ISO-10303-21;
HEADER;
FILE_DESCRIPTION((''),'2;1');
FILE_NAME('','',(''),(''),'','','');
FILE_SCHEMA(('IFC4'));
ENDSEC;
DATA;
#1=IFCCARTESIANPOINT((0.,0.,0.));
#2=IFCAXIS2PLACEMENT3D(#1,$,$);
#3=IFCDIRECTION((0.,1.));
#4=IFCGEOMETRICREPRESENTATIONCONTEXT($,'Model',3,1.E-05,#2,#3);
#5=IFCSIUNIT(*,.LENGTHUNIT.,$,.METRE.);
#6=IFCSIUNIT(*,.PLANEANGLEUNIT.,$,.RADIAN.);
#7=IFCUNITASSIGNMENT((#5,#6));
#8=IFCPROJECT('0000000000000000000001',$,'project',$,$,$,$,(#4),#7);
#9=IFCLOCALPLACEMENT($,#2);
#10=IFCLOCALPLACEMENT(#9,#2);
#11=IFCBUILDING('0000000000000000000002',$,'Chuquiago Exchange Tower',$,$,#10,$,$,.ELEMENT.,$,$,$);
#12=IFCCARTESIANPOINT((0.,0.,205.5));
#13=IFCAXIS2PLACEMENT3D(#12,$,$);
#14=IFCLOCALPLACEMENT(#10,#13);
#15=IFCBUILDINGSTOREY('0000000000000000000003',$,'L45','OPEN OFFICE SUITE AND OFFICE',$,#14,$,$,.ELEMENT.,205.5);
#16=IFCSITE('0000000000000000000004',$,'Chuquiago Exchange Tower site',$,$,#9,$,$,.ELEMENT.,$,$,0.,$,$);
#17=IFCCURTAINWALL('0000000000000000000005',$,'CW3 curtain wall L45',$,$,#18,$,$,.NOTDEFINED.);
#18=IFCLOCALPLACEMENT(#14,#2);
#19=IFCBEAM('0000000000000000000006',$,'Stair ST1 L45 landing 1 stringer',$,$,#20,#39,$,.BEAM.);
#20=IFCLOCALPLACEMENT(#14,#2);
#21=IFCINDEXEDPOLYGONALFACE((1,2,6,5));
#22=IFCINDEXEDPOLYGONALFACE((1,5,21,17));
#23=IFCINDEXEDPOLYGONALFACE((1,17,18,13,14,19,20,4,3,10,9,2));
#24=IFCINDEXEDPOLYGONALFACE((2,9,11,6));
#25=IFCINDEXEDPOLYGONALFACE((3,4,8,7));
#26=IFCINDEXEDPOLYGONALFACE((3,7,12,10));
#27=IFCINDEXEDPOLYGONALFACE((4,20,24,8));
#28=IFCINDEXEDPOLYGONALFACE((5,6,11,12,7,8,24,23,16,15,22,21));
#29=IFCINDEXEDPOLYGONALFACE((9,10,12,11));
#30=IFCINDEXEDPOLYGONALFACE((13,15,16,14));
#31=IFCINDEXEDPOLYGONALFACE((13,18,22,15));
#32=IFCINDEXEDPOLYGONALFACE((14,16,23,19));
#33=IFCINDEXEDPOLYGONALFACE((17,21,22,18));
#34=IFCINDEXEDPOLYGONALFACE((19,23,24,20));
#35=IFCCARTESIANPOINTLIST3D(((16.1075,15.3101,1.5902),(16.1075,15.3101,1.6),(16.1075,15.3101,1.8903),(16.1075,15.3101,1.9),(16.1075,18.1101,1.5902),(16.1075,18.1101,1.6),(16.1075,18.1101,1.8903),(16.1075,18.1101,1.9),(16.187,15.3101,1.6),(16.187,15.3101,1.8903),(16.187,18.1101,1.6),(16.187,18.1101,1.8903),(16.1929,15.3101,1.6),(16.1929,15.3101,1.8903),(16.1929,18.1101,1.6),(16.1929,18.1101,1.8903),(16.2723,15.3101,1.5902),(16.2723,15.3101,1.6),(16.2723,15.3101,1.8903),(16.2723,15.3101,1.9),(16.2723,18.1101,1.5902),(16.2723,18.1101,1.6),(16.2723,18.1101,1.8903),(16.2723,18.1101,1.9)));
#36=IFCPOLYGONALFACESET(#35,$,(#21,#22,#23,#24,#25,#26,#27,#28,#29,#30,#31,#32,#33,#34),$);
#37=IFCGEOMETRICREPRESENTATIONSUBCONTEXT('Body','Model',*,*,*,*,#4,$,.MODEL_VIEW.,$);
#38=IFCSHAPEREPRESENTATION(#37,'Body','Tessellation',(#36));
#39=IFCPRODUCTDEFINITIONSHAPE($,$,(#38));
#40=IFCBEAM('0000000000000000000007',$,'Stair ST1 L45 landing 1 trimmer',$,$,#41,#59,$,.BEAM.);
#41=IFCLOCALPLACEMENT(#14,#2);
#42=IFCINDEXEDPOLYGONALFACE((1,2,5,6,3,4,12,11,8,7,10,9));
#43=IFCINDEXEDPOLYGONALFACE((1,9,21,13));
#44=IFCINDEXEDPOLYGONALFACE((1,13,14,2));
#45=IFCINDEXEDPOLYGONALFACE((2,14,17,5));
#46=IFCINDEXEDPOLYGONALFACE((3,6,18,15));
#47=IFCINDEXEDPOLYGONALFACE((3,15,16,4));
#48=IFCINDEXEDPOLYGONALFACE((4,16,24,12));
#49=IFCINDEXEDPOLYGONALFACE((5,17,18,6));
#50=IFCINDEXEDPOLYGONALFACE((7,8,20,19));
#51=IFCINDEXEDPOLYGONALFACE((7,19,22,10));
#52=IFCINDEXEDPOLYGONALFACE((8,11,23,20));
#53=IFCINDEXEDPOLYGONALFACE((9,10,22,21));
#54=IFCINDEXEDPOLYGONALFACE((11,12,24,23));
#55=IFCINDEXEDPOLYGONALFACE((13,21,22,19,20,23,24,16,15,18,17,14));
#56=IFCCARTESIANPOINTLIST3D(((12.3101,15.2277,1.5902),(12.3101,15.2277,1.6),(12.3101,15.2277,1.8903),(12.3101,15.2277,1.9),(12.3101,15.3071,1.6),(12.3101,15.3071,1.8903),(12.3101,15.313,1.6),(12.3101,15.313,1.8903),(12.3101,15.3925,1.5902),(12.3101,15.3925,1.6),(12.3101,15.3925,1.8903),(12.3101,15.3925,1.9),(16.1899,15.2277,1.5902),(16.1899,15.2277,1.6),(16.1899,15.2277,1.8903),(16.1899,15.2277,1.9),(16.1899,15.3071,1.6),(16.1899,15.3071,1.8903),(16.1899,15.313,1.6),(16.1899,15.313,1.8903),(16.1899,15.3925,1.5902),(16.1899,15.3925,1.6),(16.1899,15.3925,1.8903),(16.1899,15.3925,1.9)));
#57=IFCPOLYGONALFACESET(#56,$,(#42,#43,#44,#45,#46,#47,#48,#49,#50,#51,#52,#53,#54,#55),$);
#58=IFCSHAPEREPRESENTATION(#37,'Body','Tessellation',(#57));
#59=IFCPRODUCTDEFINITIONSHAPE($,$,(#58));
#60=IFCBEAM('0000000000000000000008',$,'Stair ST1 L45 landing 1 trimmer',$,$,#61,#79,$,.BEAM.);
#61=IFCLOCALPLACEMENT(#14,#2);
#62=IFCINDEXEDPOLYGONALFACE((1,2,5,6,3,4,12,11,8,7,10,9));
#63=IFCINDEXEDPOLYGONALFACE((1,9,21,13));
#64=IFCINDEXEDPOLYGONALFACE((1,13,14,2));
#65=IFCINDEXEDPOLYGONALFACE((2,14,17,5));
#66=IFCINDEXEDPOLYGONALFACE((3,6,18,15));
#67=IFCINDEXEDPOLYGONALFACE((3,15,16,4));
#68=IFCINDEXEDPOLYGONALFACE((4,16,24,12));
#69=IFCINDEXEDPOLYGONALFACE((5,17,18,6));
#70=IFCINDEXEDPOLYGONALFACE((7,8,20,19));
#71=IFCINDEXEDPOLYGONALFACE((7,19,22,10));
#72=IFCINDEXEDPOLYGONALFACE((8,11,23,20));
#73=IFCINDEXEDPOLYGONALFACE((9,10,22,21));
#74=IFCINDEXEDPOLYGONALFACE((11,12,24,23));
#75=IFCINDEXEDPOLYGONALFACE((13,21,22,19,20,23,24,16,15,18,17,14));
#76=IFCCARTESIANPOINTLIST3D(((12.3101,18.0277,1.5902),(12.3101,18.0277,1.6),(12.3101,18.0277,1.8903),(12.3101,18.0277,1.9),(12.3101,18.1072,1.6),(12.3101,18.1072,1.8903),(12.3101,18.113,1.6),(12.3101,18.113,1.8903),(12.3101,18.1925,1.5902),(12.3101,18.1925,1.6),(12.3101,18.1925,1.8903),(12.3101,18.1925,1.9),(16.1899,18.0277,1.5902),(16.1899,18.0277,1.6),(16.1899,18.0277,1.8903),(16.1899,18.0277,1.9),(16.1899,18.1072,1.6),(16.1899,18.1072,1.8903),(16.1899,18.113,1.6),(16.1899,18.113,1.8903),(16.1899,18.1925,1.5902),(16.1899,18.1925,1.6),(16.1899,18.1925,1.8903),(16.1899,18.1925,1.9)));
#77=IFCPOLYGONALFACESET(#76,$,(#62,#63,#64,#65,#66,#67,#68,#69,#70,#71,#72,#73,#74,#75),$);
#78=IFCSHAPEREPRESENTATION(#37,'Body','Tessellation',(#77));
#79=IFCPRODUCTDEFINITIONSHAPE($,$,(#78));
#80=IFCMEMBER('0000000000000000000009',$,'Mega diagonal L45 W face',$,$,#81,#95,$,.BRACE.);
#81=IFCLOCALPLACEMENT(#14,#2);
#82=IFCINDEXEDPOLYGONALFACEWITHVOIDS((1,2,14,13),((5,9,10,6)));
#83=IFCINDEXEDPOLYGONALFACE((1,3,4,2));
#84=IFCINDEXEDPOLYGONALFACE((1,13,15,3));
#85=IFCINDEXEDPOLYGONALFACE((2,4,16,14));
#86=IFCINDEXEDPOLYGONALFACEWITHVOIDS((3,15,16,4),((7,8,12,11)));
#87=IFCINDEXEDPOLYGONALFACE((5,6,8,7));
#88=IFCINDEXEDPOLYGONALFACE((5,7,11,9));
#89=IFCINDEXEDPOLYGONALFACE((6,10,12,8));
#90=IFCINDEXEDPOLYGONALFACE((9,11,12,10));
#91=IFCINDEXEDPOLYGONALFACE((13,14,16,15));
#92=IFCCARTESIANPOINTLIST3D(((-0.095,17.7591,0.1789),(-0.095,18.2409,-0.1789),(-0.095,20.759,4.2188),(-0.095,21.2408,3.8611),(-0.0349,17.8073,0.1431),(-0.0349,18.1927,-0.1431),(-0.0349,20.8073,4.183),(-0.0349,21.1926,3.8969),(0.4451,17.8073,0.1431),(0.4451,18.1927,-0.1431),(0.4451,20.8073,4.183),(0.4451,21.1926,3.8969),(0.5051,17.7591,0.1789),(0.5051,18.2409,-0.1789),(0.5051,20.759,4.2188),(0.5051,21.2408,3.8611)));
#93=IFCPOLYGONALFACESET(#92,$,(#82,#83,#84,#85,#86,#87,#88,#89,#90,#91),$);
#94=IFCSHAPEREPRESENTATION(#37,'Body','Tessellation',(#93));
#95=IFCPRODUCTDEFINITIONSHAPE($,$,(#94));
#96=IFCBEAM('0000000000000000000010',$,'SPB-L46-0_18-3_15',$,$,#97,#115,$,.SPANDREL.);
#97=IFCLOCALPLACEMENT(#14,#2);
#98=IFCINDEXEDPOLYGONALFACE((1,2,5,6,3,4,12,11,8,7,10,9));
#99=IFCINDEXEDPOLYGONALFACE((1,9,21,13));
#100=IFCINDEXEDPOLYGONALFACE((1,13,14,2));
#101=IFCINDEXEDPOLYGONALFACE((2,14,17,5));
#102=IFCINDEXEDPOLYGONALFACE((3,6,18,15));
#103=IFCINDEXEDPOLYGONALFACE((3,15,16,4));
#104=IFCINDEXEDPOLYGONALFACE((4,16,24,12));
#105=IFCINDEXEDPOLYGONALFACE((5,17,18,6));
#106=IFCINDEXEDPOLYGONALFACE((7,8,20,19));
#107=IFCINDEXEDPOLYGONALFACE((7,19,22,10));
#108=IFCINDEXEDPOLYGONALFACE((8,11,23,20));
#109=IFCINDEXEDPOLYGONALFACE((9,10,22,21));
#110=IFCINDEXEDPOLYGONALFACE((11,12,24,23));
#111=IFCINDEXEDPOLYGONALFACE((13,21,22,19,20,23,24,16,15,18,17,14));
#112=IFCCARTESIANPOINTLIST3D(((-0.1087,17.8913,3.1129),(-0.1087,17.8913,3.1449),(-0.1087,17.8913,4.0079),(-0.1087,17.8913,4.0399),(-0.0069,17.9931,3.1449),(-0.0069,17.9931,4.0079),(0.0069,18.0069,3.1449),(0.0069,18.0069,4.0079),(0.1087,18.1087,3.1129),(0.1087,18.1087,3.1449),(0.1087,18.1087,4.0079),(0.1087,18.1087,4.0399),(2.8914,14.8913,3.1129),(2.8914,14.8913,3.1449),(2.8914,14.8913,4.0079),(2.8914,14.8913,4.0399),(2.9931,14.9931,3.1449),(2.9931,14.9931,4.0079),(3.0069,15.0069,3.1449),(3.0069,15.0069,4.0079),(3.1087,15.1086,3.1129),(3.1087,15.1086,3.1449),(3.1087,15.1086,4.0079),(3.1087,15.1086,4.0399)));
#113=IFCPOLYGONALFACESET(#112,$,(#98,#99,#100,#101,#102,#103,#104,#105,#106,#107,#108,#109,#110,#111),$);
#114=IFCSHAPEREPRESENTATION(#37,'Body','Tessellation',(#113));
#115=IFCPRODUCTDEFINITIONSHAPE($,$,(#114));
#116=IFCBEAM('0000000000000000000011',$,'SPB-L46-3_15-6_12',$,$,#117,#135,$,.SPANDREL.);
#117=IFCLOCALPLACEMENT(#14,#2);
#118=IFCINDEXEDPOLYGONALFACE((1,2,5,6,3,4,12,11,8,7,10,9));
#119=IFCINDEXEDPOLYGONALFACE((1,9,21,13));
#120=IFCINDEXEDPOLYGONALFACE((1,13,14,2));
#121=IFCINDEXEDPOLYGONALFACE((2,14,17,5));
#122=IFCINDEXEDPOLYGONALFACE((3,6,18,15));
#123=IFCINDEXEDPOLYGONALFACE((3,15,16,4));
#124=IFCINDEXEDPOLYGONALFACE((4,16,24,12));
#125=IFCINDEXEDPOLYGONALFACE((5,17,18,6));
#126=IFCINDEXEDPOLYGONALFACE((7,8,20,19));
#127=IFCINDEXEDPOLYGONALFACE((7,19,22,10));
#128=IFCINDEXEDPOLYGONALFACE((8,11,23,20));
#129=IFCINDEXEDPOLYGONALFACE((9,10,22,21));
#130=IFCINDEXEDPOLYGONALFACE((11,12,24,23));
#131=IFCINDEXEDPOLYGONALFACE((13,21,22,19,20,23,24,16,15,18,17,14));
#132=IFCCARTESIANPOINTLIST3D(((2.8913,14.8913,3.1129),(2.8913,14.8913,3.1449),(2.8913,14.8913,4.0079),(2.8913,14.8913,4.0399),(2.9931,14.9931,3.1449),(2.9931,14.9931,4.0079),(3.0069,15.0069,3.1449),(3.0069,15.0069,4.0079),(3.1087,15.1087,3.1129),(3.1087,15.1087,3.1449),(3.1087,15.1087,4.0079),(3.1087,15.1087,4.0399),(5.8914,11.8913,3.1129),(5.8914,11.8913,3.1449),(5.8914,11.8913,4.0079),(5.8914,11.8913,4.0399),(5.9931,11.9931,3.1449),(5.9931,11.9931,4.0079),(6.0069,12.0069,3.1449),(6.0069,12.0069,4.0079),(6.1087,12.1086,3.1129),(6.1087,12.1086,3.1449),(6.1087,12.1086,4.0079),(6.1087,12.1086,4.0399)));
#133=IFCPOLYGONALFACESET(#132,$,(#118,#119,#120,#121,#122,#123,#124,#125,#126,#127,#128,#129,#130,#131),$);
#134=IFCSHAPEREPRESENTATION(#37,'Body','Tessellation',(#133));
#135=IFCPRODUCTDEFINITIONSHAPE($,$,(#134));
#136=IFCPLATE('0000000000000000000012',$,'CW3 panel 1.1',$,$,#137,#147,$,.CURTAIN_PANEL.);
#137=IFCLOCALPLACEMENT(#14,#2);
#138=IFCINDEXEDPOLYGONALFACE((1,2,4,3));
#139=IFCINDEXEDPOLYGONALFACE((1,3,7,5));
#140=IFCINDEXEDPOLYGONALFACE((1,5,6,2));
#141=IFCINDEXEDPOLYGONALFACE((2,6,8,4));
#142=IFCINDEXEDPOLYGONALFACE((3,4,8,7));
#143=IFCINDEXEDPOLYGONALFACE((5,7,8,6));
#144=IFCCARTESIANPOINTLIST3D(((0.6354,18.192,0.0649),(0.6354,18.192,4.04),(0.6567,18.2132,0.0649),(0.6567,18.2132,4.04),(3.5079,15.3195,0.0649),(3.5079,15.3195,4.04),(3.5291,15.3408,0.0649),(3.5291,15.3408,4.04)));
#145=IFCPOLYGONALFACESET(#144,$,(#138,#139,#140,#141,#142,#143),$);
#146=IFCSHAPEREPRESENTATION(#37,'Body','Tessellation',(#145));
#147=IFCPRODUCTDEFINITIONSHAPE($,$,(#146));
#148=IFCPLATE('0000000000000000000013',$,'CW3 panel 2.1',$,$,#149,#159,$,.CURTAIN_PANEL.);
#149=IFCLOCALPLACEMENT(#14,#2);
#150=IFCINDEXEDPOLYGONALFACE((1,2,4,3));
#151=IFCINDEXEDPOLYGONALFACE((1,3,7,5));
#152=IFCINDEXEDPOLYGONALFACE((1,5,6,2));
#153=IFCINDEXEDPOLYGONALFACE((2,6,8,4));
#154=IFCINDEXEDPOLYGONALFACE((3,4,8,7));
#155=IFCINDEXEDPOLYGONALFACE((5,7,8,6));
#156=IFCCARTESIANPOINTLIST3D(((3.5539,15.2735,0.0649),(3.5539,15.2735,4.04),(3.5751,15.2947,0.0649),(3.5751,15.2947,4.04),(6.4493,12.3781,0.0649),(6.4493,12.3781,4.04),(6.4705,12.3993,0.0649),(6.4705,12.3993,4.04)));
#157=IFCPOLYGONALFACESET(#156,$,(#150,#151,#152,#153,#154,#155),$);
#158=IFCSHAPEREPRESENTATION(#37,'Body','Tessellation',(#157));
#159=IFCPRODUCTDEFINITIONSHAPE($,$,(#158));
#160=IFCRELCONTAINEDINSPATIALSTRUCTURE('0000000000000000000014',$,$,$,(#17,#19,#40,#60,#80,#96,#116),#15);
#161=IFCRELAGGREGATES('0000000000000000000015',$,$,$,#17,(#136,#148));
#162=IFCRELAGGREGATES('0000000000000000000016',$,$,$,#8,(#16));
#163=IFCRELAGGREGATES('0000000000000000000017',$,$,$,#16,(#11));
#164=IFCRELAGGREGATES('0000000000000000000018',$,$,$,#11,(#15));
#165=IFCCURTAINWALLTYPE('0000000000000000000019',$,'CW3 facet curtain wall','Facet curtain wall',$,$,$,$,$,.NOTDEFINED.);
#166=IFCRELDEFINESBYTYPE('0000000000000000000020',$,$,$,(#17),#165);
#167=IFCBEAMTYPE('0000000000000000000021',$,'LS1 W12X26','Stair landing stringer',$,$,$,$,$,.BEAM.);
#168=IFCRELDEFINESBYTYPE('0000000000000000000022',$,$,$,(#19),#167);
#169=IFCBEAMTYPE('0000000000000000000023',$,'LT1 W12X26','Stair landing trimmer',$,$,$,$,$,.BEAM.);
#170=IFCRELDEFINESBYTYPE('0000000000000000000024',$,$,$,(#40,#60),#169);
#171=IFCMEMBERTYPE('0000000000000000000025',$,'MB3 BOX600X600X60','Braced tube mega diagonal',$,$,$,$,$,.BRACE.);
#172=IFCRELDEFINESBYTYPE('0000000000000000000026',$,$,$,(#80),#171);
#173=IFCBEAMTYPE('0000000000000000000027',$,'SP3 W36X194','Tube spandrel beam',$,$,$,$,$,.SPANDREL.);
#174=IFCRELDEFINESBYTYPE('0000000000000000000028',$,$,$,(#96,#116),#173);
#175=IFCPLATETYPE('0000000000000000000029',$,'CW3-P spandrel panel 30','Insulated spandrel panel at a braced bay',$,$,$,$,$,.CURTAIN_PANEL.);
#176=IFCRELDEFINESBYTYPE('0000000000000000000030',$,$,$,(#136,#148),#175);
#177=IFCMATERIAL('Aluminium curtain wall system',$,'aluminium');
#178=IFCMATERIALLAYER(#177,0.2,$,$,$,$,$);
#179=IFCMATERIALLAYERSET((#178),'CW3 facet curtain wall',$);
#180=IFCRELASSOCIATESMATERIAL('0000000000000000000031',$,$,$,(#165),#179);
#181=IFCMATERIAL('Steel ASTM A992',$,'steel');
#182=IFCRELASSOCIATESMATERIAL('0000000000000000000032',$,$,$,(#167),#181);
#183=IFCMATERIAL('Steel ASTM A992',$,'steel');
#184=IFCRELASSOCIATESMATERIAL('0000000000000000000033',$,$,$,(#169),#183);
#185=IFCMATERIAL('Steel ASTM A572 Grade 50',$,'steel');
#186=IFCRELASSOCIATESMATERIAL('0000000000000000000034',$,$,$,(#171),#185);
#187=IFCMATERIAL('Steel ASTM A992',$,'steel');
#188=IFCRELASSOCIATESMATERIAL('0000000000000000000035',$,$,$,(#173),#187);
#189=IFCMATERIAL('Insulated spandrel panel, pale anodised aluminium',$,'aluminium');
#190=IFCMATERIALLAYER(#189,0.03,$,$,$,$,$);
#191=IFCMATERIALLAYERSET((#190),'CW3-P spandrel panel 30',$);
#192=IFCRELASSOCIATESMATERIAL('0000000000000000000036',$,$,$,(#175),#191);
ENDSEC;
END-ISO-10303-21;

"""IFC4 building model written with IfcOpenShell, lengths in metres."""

from ifc_helpers import new_model, si_unit, direction, frame, origin, origin_2d, place, context, subcontext, project, spatial, rectangle, hollow_rectangle, i_section, extrude, material, layer, layer_set, material_profile, profile_set, type_object, element, aggregate, save


model = new_model("IFC4")

# Units and contexts
model_context = context("Model", 3, precision=1e-05, world=origin(), true_north=direction((0.0, 1.0)))
body_context = subcontext(model_context, "Body", "Model", "MODEL_VIEW")
ifc_project = project(units=[si_unit("LENGTHUNIT", "METRE"), si_unit("PLANEANGLEUNIT", "RADIAN")], contexts=[model_context])

# Site, building, storey
site_placement = place(None, origin())
site = spatial("IfcSite", under=ifc_project, at=site_placement, Name="Chuquiago Exchange Tower site", CompositionType="ELEMENT", RefElevation=0.0)
building_placement = place(site_placement, origin())
building = spatial("IfcBuilding", under=site, at=building_placement, Name="Chuquiago Exchange Tower", CompositionType="ELEMENT")
storey_placement = place(building_placement, frame((0.0, 0.0, 205.5)))
storey = spatial("IfcBuildingStorey", under=building, at=storey_placement, Name="L45", Description="OPEN OFFICE SUITE AND OFFICE", CompositionType="ELEMENT", Elevation=205.5)

# Curtain wall
ifc_material_1 = material(Name="Aluminium curtain wall system", Category="aluminium")
ifc_layer_1 = layer(ifc_material_1, 0.2)
ifc_layer_set_1 = layer_set([ifc_layer_1], Name="CW3 facet curtain wall")
curtain_wall_type = type_object("IfcCurtainWallType", Name="CW3 facet curtain wall", Description="Facet curtain wall", PredefinedType="NOTDEFINED", material=ifc_layer_set_1)
curtain_wall_placement = place(storey_placement, origin())
curtain_wall = element("IfcCurtainWall", 1, at=curtain_wall_placement, inside=storey, type_object=curtain_wall_type, Name="CW3 curtain wall L45", PredefinedType="NOTDEFINED")

# Beams
ifc_material_2 = material(Name="Steel ASTM A992", Category="steel")
ifc_material_profile_1 = material_profile(ifc_material_2, i_section(OverallWidth=0.1648, OverallDepth=0.3098, WebThickness=0.0059, FlangeThickness=0.0098, at=origin_2d()), Name="W12X26")
ifc_profile_set_1 = profile_set([ifc_material_profile_1], Name="Steel ASTM A992")
beam_type_1 = type_object("IfcBeamType", Name="LS1 W12X26", Description="Stair landing stringer", PredefinedType="BEAM", material=ifc_profile_set_1)
for number, where, z_axis, x_axis, name in (
    (2, (16.1899, 15.3101, 1.7451), (0.0, 1.0, 0.0), (-1.0, 0.0, 0.0), "Stair ST1 L45 landing 1 stringer"),
):
    element("IfcBeam", number, at=place(storey_placement, frame(where, z_axis=z_axis, x_axis=x_axis)), inside=storey, type_object=beam_type_1, Name=name, PredefinedType="BEAM", context=body_context, shape_type="SweptSolid", body=[
        extrude(i_section(OverallWidth=0.1648, OverallDepth=0.3098, WebThickness=0.0059, FlangeThickness=0.0098, at=origin_2d()), origin(), (0.0, 0.0, 1.0), 2.8),
    ])
ifc_material_3 = material(Name="Steel ASTM A992", Category="steel")
ifc_material_profile_2 = material_profile(ifc_material_3, i_section(OverallWidth=0.1648, OverallDepth=0.3098, WebThickness=0.0059, FlangeThickness=0.0098, at=origin_2d()), Name="W12X26")
ifc_profile_set_2 = profile_set([ifc_material_profile_2], Name="Steel ASTM A992")
beam_type_2 = type_object("IfcBeamType", Name="LT1 W12X26", Description="Stair landing trimmer", PredefinedType="BEAM", material=ifc_profile_set_2)
for number, where, z_axis, x_axis, name in (
    (3, (12.3101, 15.3101, 1.7451), (1.0, 0.0, 0.0), (0.0, 1.0, 0.0), "Stair ST1 L45 landing 1 trimmer"),
    (4, (12.3101, 18.1101, 1.7451), (1.0, 0.0, 0.0), (0.0, 1.0, 0.0), "Stair ST1 L45 landing 1 trimmer"),
):
    element("IfcBeam", number, at=place(storey_placement, frame(where, z_axis=z_axis, x_axis=x_axis)), inside=storey, type_object=beam_type_2, Name=name, PredefinedType="BEAM", context=body_context, shape_type="SweptSolid", body=[
        extrude(i_section(OverallWidth=0.1648, OverallDepth=0.3098, WebThickness=0.0059, FlangeThickness=0.0098, at=origin_2d()), origin(), (0.0, 0.0, 1.0), 3.8799),
    ])

# Member
ifc_material_4 = material(Name="Steel ASTM A572 Grade 50", Category="steel")
ifc_material_profile_3 = material_profile(ifc_material_4, hollow_rectangle(XDim=0.6001, YDim=0.6001, WallThickness=0.0601, at=origin_2d()), Name="BOX600X600X60")
ifc_profile_set_3 = profile_set([ifc_material_profile_3], Name="Steel ASTM A572 Grade 50")
member_type_1 = type_object("IfcMemberType", Name="MB3 BOX600X600X60", Description="Braced tube mega diagonal", PredefinedType="BRACE", material=ifc_profile_set_3)
member_1_placement = place(storey_placement, frame((0.2051, 18.0, 0.0), z_axis=(0.0, 0.596174, 0.802855), x_axis=(-1.0, 0.0, 0.0)))
element("IfcMember", 5, at=member_1_placement, inside=storey, type_object=member_type_1, Name="Mega diagonal L45 W face", PredefinedType="BRACE", context=body_context, shape_type="SweptSolid", body=[
    extrude(hollow_rectangle(XDim=0.6001, YDim=0.6001, WallThickness=0.0601, at=origin_2d()), origin(), (0.0, 0.0, 1.0), 5.032),
])

# Beams
ifc_material_5 = material(Name="Steel ASTM A992", Category="steel")
ifc_material_profile_4 = material_profile(ifc_material_5, i_section(OverallWidth=0.3074, OverallDepth=0.927, WebThickness=0.0195, FlangeThickness=0.032, at=origin_2d()), Name="W36X194")
ifc_profile_set_4 = profile_set([ifc_material_profile_4], Name="Steel ASTM A992")
beam_type_3 = type_object("IfcBeamType", Name="SP3 W36X194", Description="Tube spandrel beam", PredefinedType="SPANDREL", material=ifc_profile_set_4)
for number, where, z_axis, x_axis, name in (
    (6, (0.0, 18.0, 3.5764), (0.707107, -0.707107, 0.0), (0.707107, 0.707107, 0.0), "SPB-L46-0_18-3_15"),
    (7, (3.0, 15.0, 3.5764), (0.707107, -0.707107, 0.0), (0.707107, 0.707107, 0.0), "SPB-L46-3_15-6_12"),
):
    element("IfcBeam", number, at=place(storey_placement, frame(where, z_axis=z_axis, x_axis=x_axis)), inside=storey, type_object=beam_type_3, Name=name, PredefinedType="SPANDREL", context=body_context, shape_type="SweptSolid", body=[
        extrude(i_section(OverallWidth=0.3074, OverallDepth=0.927, WebThickness=0.0195, FlangeThickness=0.032, at=origin_2d()), origin(), (0.0, 0.0, 1.0), 4.2427),
    ])

# Plates
ifc_material_6 = material(Name="Insulated spandrel panel, pale anodised aluminium", Category="aluminium")
ifc_layer_2 = layer(ifc_material_6, 0.03)
ifc_layer_set_2 = layer_set([ifc_layer_2], Name="CW3-P spandrel panel 30")
plate_type = type_object("IfcPlateType", Name="CW3-P spandrel panel 30", Description="Insulated spandrel panel at a braced bay", PredefinedType="CURTAIN_PANEL", material=ifc_layer_set_2)
plate_1_placement = place(storey_placement, frame((2.0823, 16.7664, 0.0649), z_axis=(0.0, 0.0, 1.0), x_axis=(0.707107, -0.707107, 0.0)))
plate_1 = element("IfcPlate", 8, at=plate_1_placement, type_object=plate_type, Name="CW3 panel 1.1", PredefinedType="CURTAIN_PANEL", context=body_context, shape_type="SweptSolid", body=[
    extrude(rectangle(XDim=4.0623, YDim=0.03, at=origin_2d()), origin(), (0.0, 0.0, 1.0), 3.9751),
])
plate_2_placement = place(storey_placement, frame((5.0122, 13.8364, 0.0649), z_axis=(0.0, 0.0, 1.0), x_axis=(0.707107, -0.707107, 0.0)))
plate_2 = element("IfcPlate", 9, at=plate_2_placement, type_object=plate_type, Name="CW3 panel 2.1", PredefinedType="CURTAIN_PANEL", context=body_context, shape_type="SweptSolid", body=[
    extrude(rectangle(XDim=4.0947, YDim=0.03, at=origin_2d()), origin(), (0.0, 0.0, 1.0), 3.9751),
])
aggregate(curtain_wall, [plate_1, plate_2])

save(model, "model.ifc")
